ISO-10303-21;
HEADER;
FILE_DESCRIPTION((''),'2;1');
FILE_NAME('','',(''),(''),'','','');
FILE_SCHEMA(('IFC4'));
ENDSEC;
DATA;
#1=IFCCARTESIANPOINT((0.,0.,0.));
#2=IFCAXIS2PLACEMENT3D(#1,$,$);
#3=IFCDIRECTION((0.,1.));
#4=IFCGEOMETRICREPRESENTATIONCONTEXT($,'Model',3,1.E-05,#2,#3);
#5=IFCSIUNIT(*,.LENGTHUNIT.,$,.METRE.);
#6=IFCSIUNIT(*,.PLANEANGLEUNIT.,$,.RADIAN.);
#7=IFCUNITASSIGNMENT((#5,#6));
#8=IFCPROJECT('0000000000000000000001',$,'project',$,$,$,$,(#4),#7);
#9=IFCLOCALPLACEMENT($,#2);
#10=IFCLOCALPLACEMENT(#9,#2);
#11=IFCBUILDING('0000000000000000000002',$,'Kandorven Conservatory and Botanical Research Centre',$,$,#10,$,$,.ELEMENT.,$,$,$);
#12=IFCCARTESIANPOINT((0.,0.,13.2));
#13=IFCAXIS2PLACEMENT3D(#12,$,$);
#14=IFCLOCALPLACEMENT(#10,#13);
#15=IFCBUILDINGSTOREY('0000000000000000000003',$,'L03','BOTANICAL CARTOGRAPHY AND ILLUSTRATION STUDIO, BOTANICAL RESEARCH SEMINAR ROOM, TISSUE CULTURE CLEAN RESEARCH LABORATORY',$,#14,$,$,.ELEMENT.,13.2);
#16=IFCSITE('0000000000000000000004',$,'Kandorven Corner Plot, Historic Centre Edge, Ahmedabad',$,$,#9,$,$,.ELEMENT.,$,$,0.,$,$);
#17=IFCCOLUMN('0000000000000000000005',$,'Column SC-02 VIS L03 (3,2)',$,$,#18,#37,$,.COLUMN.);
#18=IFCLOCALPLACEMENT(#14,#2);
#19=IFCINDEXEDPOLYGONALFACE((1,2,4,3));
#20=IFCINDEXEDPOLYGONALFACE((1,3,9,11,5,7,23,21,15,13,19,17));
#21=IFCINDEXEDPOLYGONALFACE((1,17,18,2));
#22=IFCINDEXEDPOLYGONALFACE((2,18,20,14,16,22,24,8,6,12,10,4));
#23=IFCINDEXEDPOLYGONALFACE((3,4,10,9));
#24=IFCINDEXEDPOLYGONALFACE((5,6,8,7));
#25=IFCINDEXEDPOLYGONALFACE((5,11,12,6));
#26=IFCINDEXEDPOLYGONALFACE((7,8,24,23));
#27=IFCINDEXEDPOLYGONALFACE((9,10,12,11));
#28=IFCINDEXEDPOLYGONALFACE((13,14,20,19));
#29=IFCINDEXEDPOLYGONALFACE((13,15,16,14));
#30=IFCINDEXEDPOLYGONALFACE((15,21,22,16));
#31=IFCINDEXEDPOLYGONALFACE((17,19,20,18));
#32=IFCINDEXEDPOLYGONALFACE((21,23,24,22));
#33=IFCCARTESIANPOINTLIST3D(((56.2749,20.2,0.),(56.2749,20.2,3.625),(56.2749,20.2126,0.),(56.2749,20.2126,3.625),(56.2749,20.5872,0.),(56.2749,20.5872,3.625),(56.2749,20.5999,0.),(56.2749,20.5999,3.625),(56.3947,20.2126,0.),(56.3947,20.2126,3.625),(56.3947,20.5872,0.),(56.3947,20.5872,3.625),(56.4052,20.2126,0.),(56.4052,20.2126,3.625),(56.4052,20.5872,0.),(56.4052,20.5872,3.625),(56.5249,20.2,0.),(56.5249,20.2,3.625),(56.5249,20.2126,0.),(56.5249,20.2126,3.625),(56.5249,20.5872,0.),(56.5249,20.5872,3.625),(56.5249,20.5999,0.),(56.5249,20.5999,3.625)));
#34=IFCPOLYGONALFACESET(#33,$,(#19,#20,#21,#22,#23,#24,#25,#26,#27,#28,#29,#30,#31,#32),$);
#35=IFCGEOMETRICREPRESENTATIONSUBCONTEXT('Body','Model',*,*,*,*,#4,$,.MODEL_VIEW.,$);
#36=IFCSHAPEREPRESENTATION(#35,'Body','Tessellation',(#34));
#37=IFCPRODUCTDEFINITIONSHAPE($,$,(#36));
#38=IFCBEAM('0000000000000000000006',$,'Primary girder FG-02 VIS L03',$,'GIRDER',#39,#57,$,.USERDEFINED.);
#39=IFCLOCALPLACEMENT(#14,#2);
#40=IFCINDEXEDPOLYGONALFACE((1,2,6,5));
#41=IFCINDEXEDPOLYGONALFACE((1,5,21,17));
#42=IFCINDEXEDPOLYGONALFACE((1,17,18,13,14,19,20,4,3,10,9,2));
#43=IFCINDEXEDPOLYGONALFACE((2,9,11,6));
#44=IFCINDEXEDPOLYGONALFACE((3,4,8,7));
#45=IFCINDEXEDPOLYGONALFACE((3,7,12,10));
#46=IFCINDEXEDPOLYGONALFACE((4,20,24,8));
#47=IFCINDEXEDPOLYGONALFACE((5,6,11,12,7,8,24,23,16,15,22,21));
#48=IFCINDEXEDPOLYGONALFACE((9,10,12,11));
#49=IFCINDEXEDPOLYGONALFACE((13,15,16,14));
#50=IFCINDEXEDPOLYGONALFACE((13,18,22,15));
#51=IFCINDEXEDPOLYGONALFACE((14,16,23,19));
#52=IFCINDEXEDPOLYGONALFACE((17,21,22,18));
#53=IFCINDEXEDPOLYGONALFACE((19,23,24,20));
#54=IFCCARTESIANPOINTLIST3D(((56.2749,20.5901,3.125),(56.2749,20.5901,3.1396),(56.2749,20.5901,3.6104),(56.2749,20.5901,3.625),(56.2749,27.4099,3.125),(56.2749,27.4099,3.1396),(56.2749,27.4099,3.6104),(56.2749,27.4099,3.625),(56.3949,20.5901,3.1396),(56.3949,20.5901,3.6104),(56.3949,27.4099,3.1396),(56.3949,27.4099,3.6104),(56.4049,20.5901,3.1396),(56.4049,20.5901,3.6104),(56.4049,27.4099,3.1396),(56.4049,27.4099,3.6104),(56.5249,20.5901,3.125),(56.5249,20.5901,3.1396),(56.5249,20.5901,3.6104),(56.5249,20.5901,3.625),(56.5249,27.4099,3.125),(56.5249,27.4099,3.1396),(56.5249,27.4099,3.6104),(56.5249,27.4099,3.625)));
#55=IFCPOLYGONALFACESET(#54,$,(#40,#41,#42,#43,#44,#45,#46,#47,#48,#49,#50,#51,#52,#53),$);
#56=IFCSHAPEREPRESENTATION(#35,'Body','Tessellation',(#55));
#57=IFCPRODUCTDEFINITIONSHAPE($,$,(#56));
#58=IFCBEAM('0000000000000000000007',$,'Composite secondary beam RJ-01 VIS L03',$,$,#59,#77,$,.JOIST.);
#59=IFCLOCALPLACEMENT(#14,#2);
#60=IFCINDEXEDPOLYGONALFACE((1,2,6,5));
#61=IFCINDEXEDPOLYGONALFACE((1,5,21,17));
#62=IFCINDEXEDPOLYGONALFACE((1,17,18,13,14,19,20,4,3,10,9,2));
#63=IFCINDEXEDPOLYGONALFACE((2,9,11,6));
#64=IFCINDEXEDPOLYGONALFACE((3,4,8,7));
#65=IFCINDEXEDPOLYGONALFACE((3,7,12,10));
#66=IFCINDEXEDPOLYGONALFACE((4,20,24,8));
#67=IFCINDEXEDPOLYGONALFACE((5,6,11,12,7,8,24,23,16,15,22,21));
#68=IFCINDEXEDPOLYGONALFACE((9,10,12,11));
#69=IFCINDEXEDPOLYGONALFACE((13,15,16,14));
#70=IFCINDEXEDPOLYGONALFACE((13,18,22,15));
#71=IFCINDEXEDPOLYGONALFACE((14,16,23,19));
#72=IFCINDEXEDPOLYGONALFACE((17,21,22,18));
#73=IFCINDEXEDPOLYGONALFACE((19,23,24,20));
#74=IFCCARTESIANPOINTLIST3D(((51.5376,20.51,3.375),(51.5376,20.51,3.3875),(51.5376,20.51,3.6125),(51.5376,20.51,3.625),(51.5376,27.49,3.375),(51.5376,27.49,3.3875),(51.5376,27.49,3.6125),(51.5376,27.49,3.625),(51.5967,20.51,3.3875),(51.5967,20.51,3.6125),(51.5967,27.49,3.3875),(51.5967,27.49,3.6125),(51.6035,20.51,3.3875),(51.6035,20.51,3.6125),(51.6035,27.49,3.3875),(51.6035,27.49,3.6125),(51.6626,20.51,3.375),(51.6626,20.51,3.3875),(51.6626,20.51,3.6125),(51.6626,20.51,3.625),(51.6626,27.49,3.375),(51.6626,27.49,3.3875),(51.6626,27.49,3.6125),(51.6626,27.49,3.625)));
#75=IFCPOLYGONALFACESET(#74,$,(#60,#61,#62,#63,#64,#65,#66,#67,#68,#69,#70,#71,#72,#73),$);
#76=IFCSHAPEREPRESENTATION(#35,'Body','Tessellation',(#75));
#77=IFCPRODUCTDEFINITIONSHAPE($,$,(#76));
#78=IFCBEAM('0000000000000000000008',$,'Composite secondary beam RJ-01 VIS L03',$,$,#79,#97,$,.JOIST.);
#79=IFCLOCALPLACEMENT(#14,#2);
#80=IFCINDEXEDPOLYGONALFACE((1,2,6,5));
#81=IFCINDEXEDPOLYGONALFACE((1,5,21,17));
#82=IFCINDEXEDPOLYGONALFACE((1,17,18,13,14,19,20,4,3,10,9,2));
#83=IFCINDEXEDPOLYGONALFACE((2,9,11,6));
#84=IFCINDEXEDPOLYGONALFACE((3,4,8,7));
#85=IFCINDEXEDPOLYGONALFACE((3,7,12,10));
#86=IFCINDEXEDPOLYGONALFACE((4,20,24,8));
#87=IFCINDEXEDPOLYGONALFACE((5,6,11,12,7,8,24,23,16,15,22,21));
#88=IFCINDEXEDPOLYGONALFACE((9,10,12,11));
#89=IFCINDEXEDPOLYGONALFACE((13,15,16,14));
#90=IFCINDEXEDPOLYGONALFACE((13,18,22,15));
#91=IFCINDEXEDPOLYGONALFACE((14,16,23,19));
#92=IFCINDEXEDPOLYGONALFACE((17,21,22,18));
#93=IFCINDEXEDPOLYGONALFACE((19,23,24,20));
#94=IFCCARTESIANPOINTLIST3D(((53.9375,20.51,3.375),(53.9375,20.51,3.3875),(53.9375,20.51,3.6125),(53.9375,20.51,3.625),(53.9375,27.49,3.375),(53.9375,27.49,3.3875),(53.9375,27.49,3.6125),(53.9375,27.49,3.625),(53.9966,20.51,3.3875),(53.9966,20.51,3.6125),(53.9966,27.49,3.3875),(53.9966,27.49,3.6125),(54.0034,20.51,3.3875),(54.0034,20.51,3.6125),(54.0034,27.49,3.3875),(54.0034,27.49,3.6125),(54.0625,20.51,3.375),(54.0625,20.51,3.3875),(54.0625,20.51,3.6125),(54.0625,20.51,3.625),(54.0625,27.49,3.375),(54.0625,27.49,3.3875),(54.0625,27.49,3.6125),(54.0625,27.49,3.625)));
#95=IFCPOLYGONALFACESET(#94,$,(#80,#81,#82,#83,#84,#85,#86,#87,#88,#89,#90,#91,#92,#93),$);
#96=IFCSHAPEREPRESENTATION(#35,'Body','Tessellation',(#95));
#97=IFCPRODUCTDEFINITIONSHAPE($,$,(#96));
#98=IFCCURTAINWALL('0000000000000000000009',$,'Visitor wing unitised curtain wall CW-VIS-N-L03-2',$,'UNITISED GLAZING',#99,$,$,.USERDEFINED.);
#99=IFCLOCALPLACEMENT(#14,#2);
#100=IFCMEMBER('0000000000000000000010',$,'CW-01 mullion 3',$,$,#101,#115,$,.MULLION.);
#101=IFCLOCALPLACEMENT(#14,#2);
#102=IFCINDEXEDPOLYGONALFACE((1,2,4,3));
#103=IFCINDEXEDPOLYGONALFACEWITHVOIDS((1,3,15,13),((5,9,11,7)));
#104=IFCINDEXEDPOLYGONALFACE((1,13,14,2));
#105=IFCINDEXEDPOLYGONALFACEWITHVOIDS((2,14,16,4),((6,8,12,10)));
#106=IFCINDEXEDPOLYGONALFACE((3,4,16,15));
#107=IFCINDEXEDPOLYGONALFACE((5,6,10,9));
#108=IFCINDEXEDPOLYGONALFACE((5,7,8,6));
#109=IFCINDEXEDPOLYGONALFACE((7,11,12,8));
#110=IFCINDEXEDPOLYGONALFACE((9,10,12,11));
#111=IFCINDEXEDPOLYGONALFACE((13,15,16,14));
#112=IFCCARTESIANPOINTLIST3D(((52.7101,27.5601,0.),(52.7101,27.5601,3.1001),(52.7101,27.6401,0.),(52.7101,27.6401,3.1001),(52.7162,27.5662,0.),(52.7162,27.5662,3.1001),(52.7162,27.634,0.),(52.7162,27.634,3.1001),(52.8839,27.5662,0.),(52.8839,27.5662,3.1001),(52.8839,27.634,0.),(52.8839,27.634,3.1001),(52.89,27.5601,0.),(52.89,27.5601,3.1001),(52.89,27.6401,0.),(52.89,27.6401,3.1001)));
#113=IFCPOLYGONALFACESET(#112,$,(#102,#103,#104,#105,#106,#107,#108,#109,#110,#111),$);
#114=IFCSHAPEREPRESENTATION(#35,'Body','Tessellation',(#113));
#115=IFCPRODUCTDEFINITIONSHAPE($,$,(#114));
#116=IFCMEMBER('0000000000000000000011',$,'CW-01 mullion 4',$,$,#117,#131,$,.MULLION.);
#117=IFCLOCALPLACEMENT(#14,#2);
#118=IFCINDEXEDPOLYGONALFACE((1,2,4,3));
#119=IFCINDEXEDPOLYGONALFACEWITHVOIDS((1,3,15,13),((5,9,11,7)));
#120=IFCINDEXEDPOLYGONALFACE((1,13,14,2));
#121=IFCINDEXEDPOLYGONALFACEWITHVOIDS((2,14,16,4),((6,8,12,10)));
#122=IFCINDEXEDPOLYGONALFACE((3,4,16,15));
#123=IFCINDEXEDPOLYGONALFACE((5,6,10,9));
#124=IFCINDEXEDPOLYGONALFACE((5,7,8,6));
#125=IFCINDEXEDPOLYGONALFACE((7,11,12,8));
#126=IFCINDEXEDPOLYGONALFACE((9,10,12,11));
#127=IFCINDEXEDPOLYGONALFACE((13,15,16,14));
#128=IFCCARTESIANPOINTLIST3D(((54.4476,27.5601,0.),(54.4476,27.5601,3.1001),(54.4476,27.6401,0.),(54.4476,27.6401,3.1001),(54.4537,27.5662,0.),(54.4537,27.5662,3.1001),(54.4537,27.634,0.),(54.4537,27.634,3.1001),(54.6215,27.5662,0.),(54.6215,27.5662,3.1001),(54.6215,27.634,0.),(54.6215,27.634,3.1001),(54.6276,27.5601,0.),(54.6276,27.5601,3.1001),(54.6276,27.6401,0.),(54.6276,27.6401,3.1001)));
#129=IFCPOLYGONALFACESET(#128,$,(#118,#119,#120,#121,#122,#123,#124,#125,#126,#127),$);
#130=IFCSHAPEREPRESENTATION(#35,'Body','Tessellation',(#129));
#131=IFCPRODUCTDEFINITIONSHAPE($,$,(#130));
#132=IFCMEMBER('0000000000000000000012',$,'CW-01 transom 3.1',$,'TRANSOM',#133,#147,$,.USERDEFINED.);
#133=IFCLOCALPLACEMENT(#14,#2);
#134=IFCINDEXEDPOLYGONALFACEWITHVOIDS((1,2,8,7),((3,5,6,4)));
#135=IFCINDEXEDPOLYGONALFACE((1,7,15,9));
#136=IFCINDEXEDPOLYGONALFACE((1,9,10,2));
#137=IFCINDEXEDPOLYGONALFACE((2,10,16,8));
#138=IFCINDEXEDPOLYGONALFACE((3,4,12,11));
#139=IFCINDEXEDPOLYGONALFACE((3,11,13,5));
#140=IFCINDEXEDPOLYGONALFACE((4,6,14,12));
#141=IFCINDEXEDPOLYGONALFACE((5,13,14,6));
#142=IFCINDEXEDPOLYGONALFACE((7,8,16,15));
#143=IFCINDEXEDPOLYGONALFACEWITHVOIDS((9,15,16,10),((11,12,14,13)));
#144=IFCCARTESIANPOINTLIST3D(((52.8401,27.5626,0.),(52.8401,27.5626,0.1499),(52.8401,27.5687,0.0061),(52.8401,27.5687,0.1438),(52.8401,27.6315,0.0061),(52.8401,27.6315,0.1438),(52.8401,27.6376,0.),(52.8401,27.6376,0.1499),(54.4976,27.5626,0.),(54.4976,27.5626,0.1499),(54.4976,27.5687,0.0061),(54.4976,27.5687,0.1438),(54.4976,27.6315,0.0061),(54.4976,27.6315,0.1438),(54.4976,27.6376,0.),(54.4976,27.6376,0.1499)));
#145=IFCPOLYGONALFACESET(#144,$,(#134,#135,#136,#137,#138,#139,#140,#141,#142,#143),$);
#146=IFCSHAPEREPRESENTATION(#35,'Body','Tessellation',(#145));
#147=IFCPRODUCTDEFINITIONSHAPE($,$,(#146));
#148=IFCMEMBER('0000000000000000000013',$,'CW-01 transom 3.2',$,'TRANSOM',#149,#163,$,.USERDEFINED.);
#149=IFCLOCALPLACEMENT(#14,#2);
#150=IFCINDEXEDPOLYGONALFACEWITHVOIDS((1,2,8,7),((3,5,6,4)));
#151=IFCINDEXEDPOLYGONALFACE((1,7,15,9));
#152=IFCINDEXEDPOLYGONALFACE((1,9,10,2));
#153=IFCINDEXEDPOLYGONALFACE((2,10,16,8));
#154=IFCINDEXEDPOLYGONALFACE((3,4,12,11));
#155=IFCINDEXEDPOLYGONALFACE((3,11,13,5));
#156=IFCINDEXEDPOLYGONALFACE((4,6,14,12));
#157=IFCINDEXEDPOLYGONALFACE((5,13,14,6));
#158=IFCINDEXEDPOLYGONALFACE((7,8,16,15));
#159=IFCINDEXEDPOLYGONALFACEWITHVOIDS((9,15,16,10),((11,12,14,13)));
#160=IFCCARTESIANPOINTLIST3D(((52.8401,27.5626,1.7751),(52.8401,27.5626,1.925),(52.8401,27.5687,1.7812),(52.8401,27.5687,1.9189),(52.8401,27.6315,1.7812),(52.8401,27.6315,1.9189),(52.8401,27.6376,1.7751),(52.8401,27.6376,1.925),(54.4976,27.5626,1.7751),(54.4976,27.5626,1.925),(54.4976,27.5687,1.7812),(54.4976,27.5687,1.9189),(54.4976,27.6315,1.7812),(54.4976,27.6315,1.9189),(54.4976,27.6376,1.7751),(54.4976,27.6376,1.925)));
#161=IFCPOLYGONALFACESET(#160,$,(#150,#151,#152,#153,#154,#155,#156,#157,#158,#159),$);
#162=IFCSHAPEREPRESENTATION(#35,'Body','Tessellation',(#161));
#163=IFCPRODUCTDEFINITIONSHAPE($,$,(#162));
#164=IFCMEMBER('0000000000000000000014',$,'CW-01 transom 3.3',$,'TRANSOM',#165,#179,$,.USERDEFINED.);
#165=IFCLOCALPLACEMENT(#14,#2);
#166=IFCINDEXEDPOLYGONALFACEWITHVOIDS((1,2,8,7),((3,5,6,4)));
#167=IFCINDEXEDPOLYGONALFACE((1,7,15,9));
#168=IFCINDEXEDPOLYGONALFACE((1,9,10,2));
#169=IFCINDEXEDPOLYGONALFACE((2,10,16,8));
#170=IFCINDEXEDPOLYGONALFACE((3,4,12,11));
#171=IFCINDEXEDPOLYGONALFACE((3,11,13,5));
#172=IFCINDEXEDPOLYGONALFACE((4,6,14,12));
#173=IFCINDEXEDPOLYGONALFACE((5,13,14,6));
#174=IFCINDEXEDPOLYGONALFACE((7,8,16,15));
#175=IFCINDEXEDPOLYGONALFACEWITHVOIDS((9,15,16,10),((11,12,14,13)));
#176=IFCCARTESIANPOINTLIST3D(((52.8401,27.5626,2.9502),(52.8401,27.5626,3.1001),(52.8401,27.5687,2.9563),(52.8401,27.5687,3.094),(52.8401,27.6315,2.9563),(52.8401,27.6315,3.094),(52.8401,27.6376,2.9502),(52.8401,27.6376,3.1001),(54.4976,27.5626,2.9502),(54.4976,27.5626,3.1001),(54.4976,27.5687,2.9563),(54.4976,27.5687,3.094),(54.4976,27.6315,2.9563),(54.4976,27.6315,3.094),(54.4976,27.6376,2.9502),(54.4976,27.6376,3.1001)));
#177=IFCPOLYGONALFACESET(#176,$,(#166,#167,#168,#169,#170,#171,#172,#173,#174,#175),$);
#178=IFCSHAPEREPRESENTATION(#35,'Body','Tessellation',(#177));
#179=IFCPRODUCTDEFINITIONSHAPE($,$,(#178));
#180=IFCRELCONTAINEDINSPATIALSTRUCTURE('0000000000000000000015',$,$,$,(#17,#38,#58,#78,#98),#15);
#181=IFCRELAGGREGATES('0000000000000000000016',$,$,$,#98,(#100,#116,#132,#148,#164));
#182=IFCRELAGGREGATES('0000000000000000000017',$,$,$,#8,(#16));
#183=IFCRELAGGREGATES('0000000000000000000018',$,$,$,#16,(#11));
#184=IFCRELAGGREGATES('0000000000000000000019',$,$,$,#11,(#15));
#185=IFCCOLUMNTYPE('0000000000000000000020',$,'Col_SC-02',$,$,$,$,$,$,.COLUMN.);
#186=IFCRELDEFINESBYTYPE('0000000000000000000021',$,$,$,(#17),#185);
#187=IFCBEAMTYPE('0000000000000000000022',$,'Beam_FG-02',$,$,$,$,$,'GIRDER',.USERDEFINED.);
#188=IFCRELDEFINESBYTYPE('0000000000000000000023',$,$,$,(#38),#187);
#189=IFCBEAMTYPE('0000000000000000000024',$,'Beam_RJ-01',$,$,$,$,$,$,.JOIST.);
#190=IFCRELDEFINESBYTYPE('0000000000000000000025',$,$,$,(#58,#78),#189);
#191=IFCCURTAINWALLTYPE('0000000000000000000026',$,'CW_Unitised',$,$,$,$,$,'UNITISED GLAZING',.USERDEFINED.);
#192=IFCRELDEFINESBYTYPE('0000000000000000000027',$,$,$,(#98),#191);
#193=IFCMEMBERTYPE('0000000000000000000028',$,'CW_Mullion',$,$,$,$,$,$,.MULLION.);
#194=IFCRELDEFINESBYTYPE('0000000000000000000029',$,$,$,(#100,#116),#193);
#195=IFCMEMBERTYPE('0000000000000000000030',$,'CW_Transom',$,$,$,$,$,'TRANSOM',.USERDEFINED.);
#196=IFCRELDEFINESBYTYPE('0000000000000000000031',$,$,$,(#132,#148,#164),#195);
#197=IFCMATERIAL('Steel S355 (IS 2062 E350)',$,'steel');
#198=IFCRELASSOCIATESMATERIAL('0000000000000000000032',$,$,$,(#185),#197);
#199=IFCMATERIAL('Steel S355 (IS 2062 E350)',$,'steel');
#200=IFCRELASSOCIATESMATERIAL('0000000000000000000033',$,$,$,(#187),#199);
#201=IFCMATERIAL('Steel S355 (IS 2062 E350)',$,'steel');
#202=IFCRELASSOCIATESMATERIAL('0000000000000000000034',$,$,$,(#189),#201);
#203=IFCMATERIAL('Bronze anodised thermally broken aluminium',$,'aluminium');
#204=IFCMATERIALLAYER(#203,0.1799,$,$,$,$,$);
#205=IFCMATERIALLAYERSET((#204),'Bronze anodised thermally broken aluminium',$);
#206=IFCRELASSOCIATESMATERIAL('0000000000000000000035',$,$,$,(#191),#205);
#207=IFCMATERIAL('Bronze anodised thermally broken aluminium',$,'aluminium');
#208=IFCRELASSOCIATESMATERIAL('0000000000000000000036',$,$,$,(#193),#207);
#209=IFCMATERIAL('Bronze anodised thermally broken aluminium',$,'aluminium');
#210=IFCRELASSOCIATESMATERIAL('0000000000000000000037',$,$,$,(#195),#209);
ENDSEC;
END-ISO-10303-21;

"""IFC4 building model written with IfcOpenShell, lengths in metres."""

from ifc_helpers import new_model, si_unit, direction, frame, origin, origin_2d, place, context, subcontext, project, spatial, hollow_rectangle, i_section, extrude, material, layer, layer_set, material_profile, profile_set, type_object, element, aggregate, save


model = new_model("IFC4")

# Units and contexts
model_context = context("Model", 3, precision=1e-05, world=origin(), true_north=direction((0.0, 1.0)))
body_context = subcontext(model_context, "Body", "Model", "MODEL_VIEW")
ifc_project = project(units=[si_unit("LENGTHUNIT", "METRE"), si_unit("PLANEANGLEUNIT", "RADIAN")], contexts=[model_context])

# Site, building, storey
site_placement = place(None, origin())
site = spatial("IfcSite", under=ifc_project, at=site_placement, Name="Kandorven Corner Plot, Historic Centre Edge, Ahmedabad", CompositionType="ELEMENT", RefElevation=0.0)
building_placement = place(site_placement, origin())
building = spatial("IfcBuilding", under=site, at=building_placement, Name="Kandorven Conservatory and Botanical Research Centre", CompositionType="ELEMENT")
storey_placement = place(building_placement, frame((0.0, 0.0, 13.2)))
storey = spatial("IfcBuildingStorey", under=building, at=storey_placement, Name="L03", Description="BOTANICAL CARTOGRAPHY AND ILLUSTRATION STUDIO, BOTANICAL RESEARCH SEMINAR ROOM, TISSUE CULTURE CLEAN RESEARCH LABORATORY", CompositionType="ELEMENT", Elevation=13.2)

# Column
ifc_material_1 = material(Name="Steel S355 (IS 2062 E350)", Category="steel")
ifc_material_profile_1 = material_profile(ifc_material_1, i_section(OverallWidth=0.25, OverallDepth=0.3999, WebThickness=0.0105, FlangeThickness=0.0127, at=origin_2d()))
ifc_profile_set_1 = profile_set([ifc_material_profile_1], Name="Steel S355 (IS 2062 E350)")
column_type = type_object("IfcColumnType", Name="Col_SC-02", PredefinedType="COLUMN", material=ifc_profile_set_1)
column_placement = place(storey_placement, frame((56.3999, 20.3999, 0.0), z_axis=(0.0, 0.0, 1.0), x_axis=(1.0, 0.0, 0.0)))
element("IfcColumn", 1, at=column_placement, inside=storey, type_object=column_type, Name="Column SC-02 VIS L03 (3,2)", PredefinedType="COLUMN", context=body_context, shape_type="SweptSolid", body=[
    extrude(i_section(OverallWidth=0.25, OverallDepth=0.3999, WebThickness=0.0105, FlangeThickness=0.0127, at=origin_2d()), origin(), (0.0, 0.0, 1.0), 3.625),
])

# Beams
ifc_material_2 = material(Name="Steel S355 (IS 2062 E350)", Category="steel")
ifc_material_profile_2 = material_profile(ifc_material_2, i_section(OverallWidth=0.25, OverallDepth=0.5, WebThickness=0.01, FlangeThickness=0.0146, at=origin_2d()))
ifc_profile_set_2 = profile_set([ifc_material_profile_2], Name="Steel S355 (IS 2062 E350)")
beam_type_1 = type_object("IfcBeamType", Name="Beam_FG-02", ElementType="GIRDER", PredefinedType="USERDEFINED", material=ifc_profile_set_2)
beam_placement = place(storey_placement, frame((56.3999, 20.5901, 3.375), z_axis=(0.0, 1.0, 0.0), x_axis=(-1.0, 0.0, 0.0)))
element("IfcBeam", 2, at=beam_placement, inside=storey, type_object=beam_type_1, Name="Primary girder FG-02 VIS L03", ObjectType="GIRDER", PredefinedType="USERDEFINED", context=body_context, shape_type="SweptSolid", body=[
    extrude(i_section(OverallWidth=0.25, OverallDepth=0.5, WebThickness=0.01, FlangeThickness=0.0146, at=origin_2d()), origin(), (0.0, 0.0, 1.0), 6.8198),
])
ifc_material_3 = material(Name="Steel S355 (IS 2062 E350)", Category="steel")
ifc_material_profile_3 = material_profile(ifc_material_3, i_section(OverallWidth=0.125, OverallDepth=0.25, WebThickness=0.0068, FlangeThickness=0.0125, at=origin_2d()))
ifc_profile_set_3 = profile_set([ifc_material_profile_3], Name="Steel S355 (IS 2062 E350)")
beam_type_2 = type_object("IfcBeamType", Name="Beam_RJ-01", PredefinedType="JOIST", material=ifc_profile_set_3)
for number, where, z_axis, x_axis, name in (
    (3, (51.6001, 20.51, 3.5), (0.0, 1.0, 0.0), (-1.0, 0.0, 0.0), "Composite secondary beam RJ-01 VIS L03"),
    (4, (54.0, 20.51, 3.5), (0.0, 1.0, 0.0), (-1.0, 0.0, 0.0), "Composite secondary beam RJ-01 VIS L03"),
):
    element("IfcBeam", number, at=place(storey_placement, frame(where, z_axis=z_axis, x_axis=x_axis)), inside=storey, type_object=beam_type_2, Name=name, PredefinedType="JOIST", context=body_context, shape_type="SweptSolid", body=[
        extrude(i_section(OverallWidth=0.125, OverallDepth=0.25, WebThickness=0.0068, FlangeThickness=0.0125, at=origin_2d()), origin(), (0.0, 0.0, 1.0), 6.98),
    ])

# Curtain wall, members
ifc_material_4 = material(Name="Bronze anodised thermally broken aluminium", Category="aluminium")
ifc_layer_1 = layer(ifc_material_4, 0.1799)
ifc_layer_set_1 = layer_set([ifc_layer_1], Name="Bronze anodised thermally broken aluminium")
curtain_wall_type = type_object("IfcCurtainWallType", Name="CW_Unitised", ElementType="UNITISED GLAZING", PredefinedType="USERDEFINED", material=ifc_layer_set_1)
curtain_wall_placement = place(storey_placement, origin())
curtain_wall = element("IfcCurtainWall", 5, at=curtain_wall_placement, inside=storey, type_object=curtain_wall_type, Name="Visitor wing unitised curtain wall CW-VIS-N-L03-2", ObjectType="UNITISED GLAZING", PredefinedType="USERDEFINED")
ifc_material_5 = material(Name="Bronze anodised thermally broken aluminium", Category="aluminium")
ifc_material_profile_4 = material_profile(ifc_material_5, hollow_rectangle(XDim=0.0801, YDim=0.1799, WallThickness=0.0061, at=origin_2d()))
ifc_profile_set_4 = profile_set([ifc_material_profile_4], Name="Bronze anodised thermally broken aluminium")
member_type_1 = type_object("IfcMemberType", Name="CW_Mullion", PredefinedType="MULLION", material=ifc_profile_set_4)
member_1_placement = place(storey_placement, frame((52.8, 27.6001, 0.0), z_axis=(0.0, 0.0, 1.0), x_axis=(0.0, 1.0, 0.0)))
member_1 = element("IfcMember", 6, at=member_1_placement, type_object=member_type_1, Name="CW-01 mullion 3", PredefinedType="MULLION", context=body_context, shape_type="SweptSolid", body=[
    extrude(hollow_rectangle(XDim=0.0801, YDim=0.1799, WallThickness=0.0061, at=origin_2d()), origin(), (0.0, 0.0, 1.0), 3.1001),
])
member_2_placement = place(storey_placement, frame((54.5376, 27.6001, 0.0), z_axis=(0.0, 0.0, 1.0), x_axis=(0.0, 1.0, 0.0)))
member_2 = element("IfcMember", 7, at=member_2_placement, type_object=member_type_1, Name="CW-01 mullion 4", PredefinedType="MULLION", context=body_context, shape_type="SweptSolid", body=[
    extrude(hollow_rectangle(XDim=0.0801, YDim=0.1799, WallThickness=0.0061, at=origin_2d()), origin(), (0.0, 0.0, 1.0), 3.1001),
])
ifc_material_6 = material(Name="Bronze anodised thermally broken aluminium", Category="aluminium")
ifc_material_profile_5 = material_profile(ifc_material_6, hollow_rectangle(XDim=0.075, YDim=0.1499, WallThickness=0.0061, at=origin_2d()))
ifc_profile_set_5 = profile_set([ifc_material_profile_5], Name="Bronze anodised thermally broken aluminium")
member_type_2 = type_object("IfcMemberType", Name="CW_Transom", ElementType="TRANSOM", PredefinedType="USERDEFINED", material=ifc_profile_set_5)
member_3_placement = place(storey_placement, frame((52.8401, 27.6001, 0.075), z_axis=(1.0, 0.0, 0.0), x_axis=(0.0, 1.0, 0.0)))
member_3 = element("IfcMember", 8, at=member_3_placement, type_object=member_type_2, Name="CW-01 transom 3.1", ObjectType="TRANSOM", PredefinedType="USERDEFINED", context=body_context, shape_type="SweptSolid", body=[
    extrude(hollow_rectangle(XDim=0.075, YDim=0.1499, WallThickness=0.0061, at=origin_2d()), origin(), (0.0, 0.0, 1.0), 1.6575),
])
member_4_placement = place(storey_placement, frame((52.8401, 27.6001, 1.8501), z_axis=(1.0, 0.0, 0.0), x_axis=(0.0, 1.0, 0.0)))
member_4 = element("IfcMember", 9, at=member_4_placement, type_object=member_type_2, Name="CW-01 transom 3.2", ObjectType="TRANSOM", PredefinedType="USERDEFINED", context=body_context, shape_type="SweptSolid", body=[
    extrude(hollow_rectangle(XDim=0.075, YDim=0.1499, WallThickness=0.0061, at=origin_2d()), origin(), (0.0, 0.0, 1.0), 1.6575),
])
member_5_placement = place(storey_placement, frame((52.8401, 27.6001, 3.0251), z_axis=(1.0, 0.0, 0.0), x_axis=(0.0, 1.0, 0.0)))
member_5 = element("IfcMember", 10, at=member_5_placement, type_object=member_type_2, Name="CW-01 transom 3.3", ObjectType="TRANSOM", PredefinedType="USERDEFINED", context=body_context, shape_type="SweptSolid", body=[
    extrude(hollow_rectangle(XDim=0.075, YDim=0.1499, WallThickness=0.0061, at=origin_2d()), origin(), (0.0, 0.0, 1.0), 1.6575),
])
aggregate(curtain_wall, [member_1, member_2, member_3, member_4, member_5])

save(model, "model.ifc")
